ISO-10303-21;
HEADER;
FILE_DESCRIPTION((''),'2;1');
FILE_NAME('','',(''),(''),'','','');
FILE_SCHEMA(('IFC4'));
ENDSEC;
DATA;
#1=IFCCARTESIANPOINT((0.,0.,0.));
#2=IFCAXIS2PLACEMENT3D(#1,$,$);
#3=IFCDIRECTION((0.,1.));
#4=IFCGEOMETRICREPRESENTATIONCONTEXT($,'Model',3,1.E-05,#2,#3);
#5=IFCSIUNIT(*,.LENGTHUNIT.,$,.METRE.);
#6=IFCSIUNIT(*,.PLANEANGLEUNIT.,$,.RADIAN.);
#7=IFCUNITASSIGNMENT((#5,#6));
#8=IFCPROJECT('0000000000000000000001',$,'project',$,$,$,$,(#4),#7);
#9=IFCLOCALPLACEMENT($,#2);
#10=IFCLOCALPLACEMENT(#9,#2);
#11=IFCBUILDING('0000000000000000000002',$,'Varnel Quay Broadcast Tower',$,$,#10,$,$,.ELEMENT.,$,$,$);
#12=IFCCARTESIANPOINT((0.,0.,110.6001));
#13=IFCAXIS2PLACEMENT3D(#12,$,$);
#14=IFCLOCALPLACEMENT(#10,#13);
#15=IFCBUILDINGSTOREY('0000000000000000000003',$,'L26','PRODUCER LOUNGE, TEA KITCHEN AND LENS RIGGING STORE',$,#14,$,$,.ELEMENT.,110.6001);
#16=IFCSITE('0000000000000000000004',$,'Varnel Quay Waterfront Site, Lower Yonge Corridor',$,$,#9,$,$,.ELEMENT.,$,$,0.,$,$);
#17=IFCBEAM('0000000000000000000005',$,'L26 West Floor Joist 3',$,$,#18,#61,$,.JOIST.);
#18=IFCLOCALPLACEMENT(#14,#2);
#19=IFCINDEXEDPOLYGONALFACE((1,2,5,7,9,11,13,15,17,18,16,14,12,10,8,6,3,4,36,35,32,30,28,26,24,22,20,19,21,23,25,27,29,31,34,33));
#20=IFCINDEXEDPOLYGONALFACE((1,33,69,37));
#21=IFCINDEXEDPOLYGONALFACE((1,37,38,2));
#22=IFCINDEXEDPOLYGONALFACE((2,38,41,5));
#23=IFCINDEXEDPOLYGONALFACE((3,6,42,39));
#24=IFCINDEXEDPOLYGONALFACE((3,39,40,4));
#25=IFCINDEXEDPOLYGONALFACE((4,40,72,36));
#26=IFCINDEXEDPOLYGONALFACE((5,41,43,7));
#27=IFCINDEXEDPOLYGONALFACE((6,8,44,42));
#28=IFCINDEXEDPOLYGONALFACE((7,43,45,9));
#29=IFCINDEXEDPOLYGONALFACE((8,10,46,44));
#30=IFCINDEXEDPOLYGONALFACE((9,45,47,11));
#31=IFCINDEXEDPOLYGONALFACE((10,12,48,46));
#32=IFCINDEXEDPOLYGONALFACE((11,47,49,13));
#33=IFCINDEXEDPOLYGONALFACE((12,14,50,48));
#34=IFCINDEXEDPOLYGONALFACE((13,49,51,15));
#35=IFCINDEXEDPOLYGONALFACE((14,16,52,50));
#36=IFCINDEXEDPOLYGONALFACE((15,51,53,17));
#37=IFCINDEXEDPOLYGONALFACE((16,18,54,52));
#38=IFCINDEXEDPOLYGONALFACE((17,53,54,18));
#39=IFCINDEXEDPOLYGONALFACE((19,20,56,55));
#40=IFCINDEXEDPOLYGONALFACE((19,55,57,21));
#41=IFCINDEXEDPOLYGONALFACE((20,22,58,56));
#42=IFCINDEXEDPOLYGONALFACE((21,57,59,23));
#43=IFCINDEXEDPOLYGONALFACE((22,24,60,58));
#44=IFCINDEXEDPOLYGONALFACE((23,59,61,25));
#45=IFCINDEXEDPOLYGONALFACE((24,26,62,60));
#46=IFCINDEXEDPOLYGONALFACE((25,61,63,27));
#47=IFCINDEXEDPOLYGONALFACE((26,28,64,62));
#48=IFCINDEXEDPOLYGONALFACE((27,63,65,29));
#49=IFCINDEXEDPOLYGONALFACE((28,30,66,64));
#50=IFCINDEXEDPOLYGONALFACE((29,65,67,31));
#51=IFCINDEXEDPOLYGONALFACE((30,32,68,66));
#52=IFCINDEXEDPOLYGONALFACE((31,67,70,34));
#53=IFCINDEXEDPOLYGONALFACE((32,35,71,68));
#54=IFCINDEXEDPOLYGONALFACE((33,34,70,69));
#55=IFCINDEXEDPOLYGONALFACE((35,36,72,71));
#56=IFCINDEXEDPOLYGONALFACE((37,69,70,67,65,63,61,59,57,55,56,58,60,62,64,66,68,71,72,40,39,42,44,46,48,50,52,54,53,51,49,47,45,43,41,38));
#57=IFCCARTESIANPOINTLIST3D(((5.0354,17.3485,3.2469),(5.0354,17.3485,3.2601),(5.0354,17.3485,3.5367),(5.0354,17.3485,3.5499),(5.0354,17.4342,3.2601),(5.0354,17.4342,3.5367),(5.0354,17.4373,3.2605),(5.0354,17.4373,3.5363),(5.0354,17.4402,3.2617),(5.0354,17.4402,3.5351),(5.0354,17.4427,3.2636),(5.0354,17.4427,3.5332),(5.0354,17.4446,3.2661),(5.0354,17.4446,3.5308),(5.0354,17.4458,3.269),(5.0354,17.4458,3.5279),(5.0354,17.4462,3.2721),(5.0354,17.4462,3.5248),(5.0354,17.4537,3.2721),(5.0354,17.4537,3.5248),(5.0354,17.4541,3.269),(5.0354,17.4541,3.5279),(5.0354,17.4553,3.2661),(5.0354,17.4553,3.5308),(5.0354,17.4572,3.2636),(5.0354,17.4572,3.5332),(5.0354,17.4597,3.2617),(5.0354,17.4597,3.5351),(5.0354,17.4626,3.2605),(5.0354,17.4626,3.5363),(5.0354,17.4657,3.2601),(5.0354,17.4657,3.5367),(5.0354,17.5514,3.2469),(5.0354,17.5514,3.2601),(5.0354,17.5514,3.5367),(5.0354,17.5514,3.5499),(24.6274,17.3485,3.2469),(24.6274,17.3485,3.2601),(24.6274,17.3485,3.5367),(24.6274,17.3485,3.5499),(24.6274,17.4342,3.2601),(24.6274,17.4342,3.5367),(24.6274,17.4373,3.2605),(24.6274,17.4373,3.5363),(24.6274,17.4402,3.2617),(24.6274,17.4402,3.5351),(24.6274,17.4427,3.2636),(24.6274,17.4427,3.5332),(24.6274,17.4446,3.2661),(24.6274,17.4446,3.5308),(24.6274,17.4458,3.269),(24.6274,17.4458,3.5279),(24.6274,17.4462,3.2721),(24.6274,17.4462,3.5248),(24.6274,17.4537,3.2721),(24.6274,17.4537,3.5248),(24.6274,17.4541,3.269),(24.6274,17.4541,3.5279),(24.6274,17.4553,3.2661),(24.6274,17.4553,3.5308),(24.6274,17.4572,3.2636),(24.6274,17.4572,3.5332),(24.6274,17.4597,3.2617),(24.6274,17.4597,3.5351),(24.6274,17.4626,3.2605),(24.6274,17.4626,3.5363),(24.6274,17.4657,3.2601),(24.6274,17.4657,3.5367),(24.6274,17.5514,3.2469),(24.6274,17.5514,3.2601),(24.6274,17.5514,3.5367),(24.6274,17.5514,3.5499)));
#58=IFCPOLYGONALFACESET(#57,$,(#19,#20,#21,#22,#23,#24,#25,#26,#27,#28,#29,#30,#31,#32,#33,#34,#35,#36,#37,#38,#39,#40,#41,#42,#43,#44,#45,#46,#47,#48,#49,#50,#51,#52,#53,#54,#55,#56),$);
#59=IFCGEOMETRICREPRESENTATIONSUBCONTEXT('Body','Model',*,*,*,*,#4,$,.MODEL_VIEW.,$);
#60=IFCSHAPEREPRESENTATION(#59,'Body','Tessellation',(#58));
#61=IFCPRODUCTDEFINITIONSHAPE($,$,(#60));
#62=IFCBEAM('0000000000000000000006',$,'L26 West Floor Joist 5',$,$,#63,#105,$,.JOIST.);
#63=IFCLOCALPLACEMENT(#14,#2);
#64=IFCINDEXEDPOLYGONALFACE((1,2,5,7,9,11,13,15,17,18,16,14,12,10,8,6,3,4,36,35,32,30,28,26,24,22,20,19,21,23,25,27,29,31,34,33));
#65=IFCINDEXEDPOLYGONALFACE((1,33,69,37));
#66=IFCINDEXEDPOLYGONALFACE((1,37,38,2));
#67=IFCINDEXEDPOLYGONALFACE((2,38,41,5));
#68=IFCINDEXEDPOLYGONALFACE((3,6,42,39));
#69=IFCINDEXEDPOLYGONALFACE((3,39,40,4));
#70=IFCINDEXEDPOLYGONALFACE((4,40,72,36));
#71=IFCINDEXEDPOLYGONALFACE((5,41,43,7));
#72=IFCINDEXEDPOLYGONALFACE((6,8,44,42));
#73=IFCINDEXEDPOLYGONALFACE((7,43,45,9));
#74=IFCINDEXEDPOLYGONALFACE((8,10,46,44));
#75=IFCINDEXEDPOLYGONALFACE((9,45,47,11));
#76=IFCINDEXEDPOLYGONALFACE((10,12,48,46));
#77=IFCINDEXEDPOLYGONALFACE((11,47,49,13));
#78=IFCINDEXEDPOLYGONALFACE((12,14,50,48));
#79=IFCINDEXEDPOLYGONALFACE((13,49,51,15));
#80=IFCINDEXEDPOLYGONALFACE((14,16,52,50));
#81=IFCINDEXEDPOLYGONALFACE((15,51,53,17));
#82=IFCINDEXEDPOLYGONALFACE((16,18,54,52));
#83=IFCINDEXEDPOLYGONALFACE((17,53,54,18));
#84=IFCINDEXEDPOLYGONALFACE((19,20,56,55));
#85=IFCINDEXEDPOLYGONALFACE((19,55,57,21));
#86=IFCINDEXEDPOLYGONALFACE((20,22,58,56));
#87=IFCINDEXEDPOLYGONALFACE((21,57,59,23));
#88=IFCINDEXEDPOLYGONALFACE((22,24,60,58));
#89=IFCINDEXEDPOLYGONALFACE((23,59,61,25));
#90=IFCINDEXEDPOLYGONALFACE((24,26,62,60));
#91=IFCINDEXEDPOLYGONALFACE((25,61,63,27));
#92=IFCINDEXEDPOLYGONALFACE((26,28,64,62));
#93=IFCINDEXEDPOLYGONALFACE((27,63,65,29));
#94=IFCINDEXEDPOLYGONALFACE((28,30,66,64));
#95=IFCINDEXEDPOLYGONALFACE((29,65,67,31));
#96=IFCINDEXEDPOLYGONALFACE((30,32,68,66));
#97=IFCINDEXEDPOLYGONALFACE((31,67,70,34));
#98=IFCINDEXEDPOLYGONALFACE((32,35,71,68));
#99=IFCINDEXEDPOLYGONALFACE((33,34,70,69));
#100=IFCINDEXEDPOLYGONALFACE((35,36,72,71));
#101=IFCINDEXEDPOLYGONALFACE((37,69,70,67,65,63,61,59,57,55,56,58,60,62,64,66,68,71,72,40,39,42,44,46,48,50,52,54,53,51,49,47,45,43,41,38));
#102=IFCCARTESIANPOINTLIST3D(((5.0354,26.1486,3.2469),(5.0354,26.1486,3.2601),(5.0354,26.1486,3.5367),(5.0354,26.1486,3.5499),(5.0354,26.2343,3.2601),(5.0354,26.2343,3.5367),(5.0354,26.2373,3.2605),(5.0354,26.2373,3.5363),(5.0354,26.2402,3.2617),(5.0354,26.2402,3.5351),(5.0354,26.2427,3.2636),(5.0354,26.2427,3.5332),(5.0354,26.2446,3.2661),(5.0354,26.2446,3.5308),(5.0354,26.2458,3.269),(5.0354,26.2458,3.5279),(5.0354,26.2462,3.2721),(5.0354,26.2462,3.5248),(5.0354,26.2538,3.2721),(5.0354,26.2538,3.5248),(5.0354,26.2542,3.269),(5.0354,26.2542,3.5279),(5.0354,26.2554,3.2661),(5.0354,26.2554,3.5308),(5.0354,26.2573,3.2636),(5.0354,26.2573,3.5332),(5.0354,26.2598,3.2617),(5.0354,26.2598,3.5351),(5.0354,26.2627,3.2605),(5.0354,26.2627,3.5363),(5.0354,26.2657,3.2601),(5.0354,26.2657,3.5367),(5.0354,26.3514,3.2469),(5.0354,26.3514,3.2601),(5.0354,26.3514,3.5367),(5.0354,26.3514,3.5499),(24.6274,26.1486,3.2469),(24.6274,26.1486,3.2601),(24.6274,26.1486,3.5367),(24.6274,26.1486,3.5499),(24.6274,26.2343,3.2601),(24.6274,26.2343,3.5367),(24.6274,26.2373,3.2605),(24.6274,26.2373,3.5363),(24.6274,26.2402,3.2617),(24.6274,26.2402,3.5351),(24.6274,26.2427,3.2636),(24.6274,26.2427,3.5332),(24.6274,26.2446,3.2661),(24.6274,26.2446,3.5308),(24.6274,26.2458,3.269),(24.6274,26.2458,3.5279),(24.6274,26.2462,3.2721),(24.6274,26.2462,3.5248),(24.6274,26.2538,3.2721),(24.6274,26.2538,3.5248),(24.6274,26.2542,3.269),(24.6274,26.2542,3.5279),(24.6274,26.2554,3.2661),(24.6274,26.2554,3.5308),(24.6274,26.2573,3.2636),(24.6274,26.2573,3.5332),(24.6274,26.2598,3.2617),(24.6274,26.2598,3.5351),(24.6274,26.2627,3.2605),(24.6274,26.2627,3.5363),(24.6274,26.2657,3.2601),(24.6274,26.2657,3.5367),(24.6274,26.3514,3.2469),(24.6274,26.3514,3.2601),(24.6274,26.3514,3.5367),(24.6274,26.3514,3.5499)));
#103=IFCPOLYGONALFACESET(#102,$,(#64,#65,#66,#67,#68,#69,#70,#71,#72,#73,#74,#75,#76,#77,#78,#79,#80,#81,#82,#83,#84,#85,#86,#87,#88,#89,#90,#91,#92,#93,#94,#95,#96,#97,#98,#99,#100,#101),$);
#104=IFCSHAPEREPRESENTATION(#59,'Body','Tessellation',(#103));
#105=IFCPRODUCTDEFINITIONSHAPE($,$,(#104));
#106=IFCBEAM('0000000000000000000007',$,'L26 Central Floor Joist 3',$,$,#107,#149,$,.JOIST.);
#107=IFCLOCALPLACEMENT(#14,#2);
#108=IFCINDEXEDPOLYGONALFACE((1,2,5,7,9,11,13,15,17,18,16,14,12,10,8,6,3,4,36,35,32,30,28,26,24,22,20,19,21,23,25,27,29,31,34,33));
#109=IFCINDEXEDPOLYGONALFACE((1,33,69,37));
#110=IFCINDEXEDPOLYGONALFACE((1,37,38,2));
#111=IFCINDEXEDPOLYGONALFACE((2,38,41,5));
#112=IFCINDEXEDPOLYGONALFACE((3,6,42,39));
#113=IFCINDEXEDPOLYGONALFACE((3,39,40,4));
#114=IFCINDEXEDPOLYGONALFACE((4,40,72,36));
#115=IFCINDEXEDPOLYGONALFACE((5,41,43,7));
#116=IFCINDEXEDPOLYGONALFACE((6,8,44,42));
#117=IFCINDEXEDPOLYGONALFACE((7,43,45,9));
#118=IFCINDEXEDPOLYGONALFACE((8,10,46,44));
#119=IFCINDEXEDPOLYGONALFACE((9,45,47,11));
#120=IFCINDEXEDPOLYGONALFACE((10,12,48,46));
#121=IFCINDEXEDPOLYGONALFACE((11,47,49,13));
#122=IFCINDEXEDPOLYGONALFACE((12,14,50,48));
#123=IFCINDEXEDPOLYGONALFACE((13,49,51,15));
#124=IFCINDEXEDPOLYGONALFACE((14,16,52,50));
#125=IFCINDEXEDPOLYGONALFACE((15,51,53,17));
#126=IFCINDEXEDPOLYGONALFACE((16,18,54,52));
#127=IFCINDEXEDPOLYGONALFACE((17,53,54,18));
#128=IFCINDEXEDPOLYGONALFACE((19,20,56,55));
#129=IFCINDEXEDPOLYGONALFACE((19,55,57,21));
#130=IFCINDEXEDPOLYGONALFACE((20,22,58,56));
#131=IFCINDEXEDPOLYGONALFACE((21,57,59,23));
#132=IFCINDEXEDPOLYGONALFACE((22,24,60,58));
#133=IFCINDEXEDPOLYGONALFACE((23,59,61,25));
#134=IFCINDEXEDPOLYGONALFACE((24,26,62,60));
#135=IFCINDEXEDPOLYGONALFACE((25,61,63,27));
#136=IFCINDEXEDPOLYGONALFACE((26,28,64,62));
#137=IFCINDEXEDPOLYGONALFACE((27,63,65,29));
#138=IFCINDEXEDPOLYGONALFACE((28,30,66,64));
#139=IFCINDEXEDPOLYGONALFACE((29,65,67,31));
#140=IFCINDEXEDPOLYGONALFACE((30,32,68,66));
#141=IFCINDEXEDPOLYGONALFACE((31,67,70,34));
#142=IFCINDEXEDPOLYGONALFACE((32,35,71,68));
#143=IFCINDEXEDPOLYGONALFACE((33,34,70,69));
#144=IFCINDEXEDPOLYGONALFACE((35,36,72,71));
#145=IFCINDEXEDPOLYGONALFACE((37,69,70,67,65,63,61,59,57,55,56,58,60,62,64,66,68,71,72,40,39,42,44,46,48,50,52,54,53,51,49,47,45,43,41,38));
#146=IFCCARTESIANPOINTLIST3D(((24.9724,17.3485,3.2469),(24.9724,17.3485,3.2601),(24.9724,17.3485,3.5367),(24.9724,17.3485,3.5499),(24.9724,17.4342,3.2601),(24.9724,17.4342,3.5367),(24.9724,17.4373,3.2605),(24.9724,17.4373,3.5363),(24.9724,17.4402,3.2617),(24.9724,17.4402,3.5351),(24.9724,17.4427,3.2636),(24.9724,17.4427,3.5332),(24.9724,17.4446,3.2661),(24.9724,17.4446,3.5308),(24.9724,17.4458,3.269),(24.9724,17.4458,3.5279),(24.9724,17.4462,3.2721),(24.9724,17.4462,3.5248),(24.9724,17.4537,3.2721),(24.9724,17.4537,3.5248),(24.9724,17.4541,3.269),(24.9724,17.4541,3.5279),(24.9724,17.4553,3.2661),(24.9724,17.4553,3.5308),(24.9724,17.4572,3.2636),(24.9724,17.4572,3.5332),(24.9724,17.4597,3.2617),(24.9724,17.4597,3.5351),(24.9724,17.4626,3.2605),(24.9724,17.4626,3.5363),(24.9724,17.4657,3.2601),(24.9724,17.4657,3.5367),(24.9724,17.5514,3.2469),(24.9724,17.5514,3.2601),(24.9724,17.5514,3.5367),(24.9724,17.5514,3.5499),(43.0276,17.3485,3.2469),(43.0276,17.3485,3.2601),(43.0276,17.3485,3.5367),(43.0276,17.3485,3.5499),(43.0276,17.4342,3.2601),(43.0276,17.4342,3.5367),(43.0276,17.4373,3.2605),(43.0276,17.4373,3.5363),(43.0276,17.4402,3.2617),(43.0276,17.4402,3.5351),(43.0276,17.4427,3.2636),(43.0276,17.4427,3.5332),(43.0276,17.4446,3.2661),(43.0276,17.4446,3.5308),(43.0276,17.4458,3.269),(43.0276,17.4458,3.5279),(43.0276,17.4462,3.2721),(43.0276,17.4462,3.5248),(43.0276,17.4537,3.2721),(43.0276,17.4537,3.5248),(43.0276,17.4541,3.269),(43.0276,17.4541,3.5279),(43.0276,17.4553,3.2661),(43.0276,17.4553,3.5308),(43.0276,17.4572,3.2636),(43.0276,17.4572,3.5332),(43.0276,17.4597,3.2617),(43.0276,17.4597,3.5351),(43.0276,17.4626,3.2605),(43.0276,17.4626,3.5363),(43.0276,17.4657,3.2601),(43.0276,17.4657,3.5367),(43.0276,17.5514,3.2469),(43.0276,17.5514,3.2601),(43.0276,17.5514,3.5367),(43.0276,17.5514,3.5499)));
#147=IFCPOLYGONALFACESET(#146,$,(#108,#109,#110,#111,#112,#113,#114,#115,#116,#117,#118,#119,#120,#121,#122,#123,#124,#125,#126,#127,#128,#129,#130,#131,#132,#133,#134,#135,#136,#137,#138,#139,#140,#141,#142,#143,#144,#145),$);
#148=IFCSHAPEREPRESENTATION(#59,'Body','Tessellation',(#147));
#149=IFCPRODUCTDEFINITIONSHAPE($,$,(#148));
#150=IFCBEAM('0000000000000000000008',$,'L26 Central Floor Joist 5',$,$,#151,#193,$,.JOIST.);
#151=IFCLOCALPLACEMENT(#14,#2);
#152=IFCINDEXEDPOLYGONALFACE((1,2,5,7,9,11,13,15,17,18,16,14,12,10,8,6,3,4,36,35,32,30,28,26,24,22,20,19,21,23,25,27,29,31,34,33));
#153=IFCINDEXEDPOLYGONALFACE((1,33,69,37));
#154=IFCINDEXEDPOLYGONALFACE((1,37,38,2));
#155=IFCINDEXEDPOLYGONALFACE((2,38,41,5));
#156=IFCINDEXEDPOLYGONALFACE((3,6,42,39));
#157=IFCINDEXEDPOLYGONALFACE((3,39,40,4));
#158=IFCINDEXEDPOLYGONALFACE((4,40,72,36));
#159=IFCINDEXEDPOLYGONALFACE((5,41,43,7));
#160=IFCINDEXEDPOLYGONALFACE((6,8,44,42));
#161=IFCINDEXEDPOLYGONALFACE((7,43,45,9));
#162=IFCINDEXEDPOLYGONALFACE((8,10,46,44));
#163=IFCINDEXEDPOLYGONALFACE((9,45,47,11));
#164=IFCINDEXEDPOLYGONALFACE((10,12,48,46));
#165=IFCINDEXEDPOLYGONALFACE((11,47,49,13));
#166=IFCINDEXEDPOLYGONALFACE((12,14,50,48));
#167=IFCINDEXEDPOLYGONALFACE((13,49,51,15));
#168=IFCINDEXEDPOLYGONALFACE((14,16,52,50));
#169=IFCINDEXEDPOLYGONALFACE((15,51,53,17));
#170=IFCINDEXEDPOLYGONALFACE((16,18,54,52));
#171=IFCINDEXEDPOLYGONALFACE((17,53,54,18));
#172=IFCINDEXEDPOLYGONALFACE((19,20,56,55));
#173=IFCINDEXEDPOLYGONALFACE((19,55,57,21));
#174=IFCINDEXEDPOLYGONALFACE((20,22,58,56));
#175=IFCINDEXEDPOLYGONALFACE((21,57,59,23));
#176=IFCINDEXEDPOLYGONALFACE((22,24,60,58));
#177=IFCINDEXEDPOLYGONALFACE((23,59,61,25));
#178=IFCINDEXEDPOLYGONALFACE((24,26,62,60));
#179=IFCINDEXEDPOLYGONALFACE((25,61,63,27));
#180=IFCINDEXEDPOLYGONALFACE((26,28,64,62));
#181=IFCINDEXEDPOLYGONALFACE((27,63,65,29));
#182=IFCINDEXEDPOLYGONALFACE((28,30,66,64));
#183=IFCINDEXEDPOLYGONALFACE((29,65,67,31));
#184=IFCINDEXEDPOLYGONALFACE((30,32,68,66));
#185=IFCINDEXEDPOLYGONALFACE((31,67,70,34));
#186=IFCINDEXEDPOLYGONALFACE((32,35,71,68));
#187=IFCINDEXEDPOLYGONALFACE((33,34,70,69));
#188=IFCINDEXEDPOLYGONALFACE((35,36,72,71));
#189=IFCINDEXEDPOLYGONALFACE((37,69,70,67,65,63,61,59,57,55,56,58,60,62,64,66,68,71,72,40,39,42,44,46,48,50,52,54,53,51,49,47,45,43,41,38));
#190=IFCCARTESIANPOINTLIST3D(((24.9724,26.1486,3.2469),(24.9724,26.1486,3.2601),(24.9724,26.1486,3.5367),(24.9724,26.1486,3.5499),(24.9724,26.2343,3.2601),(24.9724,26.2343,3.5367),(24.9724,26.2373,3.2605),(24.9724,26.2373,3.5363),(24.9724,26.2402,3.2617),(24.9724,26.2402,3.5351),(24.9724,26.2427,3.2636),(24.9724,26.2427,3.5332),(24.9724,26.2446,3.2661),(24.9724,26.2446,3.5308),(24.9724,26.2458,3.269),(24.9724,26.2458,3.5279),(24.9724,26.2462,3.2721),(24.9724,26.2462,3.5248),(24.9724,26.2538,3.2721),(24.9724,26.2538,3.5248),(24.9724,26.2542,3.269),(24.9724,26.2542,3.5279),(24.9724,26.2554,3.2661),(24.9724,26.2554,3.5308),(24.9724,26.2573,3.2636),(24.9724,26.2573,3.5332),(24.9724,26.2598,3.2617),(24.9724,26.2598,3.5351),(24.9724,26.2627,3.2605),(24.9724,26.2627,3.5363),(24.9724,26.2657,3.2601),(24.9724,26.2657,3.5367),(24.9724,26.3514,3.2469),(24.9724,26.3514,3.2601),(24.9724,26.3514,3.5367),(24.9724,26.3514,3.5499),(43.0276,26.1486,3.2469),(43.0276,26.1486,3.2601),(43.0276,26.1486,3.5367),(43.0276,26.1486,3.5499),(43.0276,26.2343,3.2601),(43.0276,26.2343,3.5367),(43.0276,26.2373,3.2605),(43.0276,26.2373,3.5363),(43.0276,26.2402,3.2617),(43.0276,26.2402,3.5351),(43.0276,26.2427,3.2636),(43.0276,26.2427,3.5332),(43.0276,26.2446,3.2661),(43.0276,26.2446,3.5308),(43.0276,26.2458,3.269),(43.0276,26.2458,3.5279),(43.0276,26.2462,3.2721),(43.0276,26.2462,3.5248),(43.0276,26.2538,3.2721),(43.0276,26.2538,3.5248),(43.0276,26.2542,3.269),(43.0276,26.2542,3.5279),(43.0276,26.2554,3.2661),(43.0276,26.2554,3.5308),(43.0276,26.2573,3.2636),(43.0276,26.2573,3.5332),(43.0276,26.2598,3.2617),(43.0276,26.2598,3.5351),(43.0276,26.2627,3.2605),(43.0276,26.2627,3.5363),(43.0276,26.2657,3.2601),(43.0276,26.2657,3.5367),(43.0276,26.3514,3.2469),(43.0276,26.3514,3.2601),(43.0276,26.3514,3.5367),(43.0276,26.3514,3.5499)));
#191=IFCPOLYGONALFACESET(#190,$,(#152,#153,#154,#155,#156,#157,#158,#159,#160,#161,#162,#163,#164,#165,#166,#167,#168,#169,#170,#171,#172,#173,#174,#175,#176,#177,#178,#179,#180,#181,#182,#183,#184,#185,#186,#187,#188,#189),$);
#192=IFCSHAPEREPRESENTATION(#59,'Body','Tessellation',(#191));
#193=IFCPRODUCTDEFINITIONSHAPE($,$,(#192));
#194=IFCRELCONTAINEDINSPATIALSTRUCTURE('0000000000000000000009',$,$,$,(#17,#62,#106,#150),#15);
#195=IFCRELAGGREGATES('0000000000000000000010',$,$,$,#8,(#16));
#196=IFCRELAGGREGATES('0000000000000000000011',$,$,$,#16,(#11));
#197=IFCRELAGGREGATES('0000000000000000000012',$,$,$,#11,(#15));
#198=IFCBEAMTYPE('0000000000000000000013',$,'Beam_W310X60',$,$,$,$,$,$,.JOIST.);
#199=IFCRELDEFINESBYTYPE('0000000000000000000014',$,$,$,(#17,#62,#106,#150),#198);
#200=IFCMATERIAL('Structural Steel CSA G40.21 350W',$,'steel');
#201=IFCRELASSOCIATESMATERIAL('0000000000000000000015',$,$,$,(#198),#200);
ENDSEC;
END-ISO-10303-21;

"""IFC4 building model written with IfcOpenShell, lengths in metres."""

from ifc_helpers import new_model, si_unit, direction, frame, origin, origin_2d, place, context, subcontext, project, spatial, i_section, extrude, source, transform, mapped, material, material_profile, profile_set, type_object, element, save


model = new_model("IFC4")

# Units and contexts
model_context = context("Model", 3, precision=1e-05, world=origin(), true_north=direction((0.0, 1.0)))
body_context = subcontext(model_context, "Body", "Model", "MODEL_VIEW")
ifc_project = project(units=[si_unit("LENGTHUNIT", "METRE"), si_unit("PLANEANGLEUNIT", "RADIAN")], contexts=[model_context])

# Site, building, storey
site_placement = place(None, origin())
site = spatial("IfcSite", under=ifc_project, at=site_placement, Name="Varnel Quay Waterfront Site, Lower Yonge Corridor", CompositionType="ELEMENT", RefElevation=0.0)
building_placement = place(site_placement, origin())
building = spatial("IfcBuilding", under=site, at=building_placement, Name="Varnel Quay Broadcast Tower", CompositionType="ELEMENT")
storey_placement = place(building_placement, frame((0.0, 0.0, 110.6001)))
storey = spatial("IfcBuildingStorey", under=building, at=storey_placement, Name="L26", Description="PRODUCER LOUNGE, TEA KITCHEN AND LENS RIGGING STORE", CompositionType="ELEMENT", Elevation=110.6001)

# Shared definitions
ifc_material_1 = material(Name="Structural Steel CSA G40.21 350W", Category="steel")

# Beams
ifc_material_profile_1 = material_profile(ifc_material_1, i_section(OverallWidth=0.2029, OverallDepth=0.303, WebThickness=0.0076, FlangeThickness=0.0132, FilletRadius=0.012, at=origin_2d()), Name="W310X60")
ifc_profile_set_1 = profile_set([ifc_material_profile_1], Name="Structural Steel CSA G40.21 350W")
beam_type_1 = type_object("IfcBeamType", Name="Beam_W310X60", PredefinedType="JOIST", material=ifc_profile_set_1)
shared_shape_1 = source(origin(), body_context, "Body", "SweptSolid", [
    extrude(i_section(OverallWidth=0.2029, OverallDepth=0.303, WebThickness=0.0076, FlangeThickness=0.0132, FilletRadius=0.012, at=origin_2d()), origin(), (0.0, 0.0, 1.0), 19.592),
])
for number, where, z_axis, x_axis, name in (
    (1, (5.0354, 17.45, 3.3984), (1.0, 0.0, 0.0), (0.0, 1.0, 0.0), "L26 West Floor Joist 3"),
    (2, (5.0354, 26.25, 3.3984), (1.0, 0.0, 0.0), (0.0, 1.0, 0.0), "L26 West Floor Joist 5"),
):
    element("IfcBeam", number, at=place(storey_placement, frame(where, z_axis=z_axis, x_axis=x_axis)), inside=storey, type_object=beam_type_1, Name=name, PredefinedType="JOIST", context=body_context, shape_type="MappedRepresentation", body=[
        mapped(shared_shape_1, transform((0.0, 0.0, 0.0), x_axis=(1.0, 0.0, 0.0), y_axis=(0.0, 1.0, 0.0), z_axis=(0.0, 0.0, 1.0), scale=1.0)),
    ])
shared_shape_2 = source(origin(), body_context, "Body", "SweptSolid", [
    extrude(i_section(OverallWidth=0.2029, OverallDepth=0.303, WebThickness=0.0076, FlangeThickness=0.0132, FilletRadius=0.012, at=origin_2d()), origin(), (0.0, 0.0, 1.0), 18.0552),
])
for number, where, z_axis, x_axis, name in (
    (3, (24.9724, 17.45, 3.3984), (1.0, 0.0, 0.0), (0.0, 1.0, 0.0), "L26 Central Floor Joist 3"),
    (4, (24.9724, 26.25, 3.3984), (1.0, 0.0, 0.0), (0.0, 1.0, 0.0), "L26 Central Floor Joist 5"),
):
    element("IfcBeam", number, at=place(storey_placement, frame(where, z_axis=z_axis, x_axis=x_axis)), inside=storey, type_object=beam_type_1, Name=name, PredefinedType="JOIST", context=body_context, shape_type="MappedRepresentation", body=[
        mapped(shared_shape_2, transform((0.0, 0.0, 0.0), x_axis=(1.0, 0.0, 0.0), y_axis=(0.0, 1.0, 0.0), z_axis=(0.0, 0.0, 1.0), scale=1.0)),
    ])

save(model, "model.ifc")
